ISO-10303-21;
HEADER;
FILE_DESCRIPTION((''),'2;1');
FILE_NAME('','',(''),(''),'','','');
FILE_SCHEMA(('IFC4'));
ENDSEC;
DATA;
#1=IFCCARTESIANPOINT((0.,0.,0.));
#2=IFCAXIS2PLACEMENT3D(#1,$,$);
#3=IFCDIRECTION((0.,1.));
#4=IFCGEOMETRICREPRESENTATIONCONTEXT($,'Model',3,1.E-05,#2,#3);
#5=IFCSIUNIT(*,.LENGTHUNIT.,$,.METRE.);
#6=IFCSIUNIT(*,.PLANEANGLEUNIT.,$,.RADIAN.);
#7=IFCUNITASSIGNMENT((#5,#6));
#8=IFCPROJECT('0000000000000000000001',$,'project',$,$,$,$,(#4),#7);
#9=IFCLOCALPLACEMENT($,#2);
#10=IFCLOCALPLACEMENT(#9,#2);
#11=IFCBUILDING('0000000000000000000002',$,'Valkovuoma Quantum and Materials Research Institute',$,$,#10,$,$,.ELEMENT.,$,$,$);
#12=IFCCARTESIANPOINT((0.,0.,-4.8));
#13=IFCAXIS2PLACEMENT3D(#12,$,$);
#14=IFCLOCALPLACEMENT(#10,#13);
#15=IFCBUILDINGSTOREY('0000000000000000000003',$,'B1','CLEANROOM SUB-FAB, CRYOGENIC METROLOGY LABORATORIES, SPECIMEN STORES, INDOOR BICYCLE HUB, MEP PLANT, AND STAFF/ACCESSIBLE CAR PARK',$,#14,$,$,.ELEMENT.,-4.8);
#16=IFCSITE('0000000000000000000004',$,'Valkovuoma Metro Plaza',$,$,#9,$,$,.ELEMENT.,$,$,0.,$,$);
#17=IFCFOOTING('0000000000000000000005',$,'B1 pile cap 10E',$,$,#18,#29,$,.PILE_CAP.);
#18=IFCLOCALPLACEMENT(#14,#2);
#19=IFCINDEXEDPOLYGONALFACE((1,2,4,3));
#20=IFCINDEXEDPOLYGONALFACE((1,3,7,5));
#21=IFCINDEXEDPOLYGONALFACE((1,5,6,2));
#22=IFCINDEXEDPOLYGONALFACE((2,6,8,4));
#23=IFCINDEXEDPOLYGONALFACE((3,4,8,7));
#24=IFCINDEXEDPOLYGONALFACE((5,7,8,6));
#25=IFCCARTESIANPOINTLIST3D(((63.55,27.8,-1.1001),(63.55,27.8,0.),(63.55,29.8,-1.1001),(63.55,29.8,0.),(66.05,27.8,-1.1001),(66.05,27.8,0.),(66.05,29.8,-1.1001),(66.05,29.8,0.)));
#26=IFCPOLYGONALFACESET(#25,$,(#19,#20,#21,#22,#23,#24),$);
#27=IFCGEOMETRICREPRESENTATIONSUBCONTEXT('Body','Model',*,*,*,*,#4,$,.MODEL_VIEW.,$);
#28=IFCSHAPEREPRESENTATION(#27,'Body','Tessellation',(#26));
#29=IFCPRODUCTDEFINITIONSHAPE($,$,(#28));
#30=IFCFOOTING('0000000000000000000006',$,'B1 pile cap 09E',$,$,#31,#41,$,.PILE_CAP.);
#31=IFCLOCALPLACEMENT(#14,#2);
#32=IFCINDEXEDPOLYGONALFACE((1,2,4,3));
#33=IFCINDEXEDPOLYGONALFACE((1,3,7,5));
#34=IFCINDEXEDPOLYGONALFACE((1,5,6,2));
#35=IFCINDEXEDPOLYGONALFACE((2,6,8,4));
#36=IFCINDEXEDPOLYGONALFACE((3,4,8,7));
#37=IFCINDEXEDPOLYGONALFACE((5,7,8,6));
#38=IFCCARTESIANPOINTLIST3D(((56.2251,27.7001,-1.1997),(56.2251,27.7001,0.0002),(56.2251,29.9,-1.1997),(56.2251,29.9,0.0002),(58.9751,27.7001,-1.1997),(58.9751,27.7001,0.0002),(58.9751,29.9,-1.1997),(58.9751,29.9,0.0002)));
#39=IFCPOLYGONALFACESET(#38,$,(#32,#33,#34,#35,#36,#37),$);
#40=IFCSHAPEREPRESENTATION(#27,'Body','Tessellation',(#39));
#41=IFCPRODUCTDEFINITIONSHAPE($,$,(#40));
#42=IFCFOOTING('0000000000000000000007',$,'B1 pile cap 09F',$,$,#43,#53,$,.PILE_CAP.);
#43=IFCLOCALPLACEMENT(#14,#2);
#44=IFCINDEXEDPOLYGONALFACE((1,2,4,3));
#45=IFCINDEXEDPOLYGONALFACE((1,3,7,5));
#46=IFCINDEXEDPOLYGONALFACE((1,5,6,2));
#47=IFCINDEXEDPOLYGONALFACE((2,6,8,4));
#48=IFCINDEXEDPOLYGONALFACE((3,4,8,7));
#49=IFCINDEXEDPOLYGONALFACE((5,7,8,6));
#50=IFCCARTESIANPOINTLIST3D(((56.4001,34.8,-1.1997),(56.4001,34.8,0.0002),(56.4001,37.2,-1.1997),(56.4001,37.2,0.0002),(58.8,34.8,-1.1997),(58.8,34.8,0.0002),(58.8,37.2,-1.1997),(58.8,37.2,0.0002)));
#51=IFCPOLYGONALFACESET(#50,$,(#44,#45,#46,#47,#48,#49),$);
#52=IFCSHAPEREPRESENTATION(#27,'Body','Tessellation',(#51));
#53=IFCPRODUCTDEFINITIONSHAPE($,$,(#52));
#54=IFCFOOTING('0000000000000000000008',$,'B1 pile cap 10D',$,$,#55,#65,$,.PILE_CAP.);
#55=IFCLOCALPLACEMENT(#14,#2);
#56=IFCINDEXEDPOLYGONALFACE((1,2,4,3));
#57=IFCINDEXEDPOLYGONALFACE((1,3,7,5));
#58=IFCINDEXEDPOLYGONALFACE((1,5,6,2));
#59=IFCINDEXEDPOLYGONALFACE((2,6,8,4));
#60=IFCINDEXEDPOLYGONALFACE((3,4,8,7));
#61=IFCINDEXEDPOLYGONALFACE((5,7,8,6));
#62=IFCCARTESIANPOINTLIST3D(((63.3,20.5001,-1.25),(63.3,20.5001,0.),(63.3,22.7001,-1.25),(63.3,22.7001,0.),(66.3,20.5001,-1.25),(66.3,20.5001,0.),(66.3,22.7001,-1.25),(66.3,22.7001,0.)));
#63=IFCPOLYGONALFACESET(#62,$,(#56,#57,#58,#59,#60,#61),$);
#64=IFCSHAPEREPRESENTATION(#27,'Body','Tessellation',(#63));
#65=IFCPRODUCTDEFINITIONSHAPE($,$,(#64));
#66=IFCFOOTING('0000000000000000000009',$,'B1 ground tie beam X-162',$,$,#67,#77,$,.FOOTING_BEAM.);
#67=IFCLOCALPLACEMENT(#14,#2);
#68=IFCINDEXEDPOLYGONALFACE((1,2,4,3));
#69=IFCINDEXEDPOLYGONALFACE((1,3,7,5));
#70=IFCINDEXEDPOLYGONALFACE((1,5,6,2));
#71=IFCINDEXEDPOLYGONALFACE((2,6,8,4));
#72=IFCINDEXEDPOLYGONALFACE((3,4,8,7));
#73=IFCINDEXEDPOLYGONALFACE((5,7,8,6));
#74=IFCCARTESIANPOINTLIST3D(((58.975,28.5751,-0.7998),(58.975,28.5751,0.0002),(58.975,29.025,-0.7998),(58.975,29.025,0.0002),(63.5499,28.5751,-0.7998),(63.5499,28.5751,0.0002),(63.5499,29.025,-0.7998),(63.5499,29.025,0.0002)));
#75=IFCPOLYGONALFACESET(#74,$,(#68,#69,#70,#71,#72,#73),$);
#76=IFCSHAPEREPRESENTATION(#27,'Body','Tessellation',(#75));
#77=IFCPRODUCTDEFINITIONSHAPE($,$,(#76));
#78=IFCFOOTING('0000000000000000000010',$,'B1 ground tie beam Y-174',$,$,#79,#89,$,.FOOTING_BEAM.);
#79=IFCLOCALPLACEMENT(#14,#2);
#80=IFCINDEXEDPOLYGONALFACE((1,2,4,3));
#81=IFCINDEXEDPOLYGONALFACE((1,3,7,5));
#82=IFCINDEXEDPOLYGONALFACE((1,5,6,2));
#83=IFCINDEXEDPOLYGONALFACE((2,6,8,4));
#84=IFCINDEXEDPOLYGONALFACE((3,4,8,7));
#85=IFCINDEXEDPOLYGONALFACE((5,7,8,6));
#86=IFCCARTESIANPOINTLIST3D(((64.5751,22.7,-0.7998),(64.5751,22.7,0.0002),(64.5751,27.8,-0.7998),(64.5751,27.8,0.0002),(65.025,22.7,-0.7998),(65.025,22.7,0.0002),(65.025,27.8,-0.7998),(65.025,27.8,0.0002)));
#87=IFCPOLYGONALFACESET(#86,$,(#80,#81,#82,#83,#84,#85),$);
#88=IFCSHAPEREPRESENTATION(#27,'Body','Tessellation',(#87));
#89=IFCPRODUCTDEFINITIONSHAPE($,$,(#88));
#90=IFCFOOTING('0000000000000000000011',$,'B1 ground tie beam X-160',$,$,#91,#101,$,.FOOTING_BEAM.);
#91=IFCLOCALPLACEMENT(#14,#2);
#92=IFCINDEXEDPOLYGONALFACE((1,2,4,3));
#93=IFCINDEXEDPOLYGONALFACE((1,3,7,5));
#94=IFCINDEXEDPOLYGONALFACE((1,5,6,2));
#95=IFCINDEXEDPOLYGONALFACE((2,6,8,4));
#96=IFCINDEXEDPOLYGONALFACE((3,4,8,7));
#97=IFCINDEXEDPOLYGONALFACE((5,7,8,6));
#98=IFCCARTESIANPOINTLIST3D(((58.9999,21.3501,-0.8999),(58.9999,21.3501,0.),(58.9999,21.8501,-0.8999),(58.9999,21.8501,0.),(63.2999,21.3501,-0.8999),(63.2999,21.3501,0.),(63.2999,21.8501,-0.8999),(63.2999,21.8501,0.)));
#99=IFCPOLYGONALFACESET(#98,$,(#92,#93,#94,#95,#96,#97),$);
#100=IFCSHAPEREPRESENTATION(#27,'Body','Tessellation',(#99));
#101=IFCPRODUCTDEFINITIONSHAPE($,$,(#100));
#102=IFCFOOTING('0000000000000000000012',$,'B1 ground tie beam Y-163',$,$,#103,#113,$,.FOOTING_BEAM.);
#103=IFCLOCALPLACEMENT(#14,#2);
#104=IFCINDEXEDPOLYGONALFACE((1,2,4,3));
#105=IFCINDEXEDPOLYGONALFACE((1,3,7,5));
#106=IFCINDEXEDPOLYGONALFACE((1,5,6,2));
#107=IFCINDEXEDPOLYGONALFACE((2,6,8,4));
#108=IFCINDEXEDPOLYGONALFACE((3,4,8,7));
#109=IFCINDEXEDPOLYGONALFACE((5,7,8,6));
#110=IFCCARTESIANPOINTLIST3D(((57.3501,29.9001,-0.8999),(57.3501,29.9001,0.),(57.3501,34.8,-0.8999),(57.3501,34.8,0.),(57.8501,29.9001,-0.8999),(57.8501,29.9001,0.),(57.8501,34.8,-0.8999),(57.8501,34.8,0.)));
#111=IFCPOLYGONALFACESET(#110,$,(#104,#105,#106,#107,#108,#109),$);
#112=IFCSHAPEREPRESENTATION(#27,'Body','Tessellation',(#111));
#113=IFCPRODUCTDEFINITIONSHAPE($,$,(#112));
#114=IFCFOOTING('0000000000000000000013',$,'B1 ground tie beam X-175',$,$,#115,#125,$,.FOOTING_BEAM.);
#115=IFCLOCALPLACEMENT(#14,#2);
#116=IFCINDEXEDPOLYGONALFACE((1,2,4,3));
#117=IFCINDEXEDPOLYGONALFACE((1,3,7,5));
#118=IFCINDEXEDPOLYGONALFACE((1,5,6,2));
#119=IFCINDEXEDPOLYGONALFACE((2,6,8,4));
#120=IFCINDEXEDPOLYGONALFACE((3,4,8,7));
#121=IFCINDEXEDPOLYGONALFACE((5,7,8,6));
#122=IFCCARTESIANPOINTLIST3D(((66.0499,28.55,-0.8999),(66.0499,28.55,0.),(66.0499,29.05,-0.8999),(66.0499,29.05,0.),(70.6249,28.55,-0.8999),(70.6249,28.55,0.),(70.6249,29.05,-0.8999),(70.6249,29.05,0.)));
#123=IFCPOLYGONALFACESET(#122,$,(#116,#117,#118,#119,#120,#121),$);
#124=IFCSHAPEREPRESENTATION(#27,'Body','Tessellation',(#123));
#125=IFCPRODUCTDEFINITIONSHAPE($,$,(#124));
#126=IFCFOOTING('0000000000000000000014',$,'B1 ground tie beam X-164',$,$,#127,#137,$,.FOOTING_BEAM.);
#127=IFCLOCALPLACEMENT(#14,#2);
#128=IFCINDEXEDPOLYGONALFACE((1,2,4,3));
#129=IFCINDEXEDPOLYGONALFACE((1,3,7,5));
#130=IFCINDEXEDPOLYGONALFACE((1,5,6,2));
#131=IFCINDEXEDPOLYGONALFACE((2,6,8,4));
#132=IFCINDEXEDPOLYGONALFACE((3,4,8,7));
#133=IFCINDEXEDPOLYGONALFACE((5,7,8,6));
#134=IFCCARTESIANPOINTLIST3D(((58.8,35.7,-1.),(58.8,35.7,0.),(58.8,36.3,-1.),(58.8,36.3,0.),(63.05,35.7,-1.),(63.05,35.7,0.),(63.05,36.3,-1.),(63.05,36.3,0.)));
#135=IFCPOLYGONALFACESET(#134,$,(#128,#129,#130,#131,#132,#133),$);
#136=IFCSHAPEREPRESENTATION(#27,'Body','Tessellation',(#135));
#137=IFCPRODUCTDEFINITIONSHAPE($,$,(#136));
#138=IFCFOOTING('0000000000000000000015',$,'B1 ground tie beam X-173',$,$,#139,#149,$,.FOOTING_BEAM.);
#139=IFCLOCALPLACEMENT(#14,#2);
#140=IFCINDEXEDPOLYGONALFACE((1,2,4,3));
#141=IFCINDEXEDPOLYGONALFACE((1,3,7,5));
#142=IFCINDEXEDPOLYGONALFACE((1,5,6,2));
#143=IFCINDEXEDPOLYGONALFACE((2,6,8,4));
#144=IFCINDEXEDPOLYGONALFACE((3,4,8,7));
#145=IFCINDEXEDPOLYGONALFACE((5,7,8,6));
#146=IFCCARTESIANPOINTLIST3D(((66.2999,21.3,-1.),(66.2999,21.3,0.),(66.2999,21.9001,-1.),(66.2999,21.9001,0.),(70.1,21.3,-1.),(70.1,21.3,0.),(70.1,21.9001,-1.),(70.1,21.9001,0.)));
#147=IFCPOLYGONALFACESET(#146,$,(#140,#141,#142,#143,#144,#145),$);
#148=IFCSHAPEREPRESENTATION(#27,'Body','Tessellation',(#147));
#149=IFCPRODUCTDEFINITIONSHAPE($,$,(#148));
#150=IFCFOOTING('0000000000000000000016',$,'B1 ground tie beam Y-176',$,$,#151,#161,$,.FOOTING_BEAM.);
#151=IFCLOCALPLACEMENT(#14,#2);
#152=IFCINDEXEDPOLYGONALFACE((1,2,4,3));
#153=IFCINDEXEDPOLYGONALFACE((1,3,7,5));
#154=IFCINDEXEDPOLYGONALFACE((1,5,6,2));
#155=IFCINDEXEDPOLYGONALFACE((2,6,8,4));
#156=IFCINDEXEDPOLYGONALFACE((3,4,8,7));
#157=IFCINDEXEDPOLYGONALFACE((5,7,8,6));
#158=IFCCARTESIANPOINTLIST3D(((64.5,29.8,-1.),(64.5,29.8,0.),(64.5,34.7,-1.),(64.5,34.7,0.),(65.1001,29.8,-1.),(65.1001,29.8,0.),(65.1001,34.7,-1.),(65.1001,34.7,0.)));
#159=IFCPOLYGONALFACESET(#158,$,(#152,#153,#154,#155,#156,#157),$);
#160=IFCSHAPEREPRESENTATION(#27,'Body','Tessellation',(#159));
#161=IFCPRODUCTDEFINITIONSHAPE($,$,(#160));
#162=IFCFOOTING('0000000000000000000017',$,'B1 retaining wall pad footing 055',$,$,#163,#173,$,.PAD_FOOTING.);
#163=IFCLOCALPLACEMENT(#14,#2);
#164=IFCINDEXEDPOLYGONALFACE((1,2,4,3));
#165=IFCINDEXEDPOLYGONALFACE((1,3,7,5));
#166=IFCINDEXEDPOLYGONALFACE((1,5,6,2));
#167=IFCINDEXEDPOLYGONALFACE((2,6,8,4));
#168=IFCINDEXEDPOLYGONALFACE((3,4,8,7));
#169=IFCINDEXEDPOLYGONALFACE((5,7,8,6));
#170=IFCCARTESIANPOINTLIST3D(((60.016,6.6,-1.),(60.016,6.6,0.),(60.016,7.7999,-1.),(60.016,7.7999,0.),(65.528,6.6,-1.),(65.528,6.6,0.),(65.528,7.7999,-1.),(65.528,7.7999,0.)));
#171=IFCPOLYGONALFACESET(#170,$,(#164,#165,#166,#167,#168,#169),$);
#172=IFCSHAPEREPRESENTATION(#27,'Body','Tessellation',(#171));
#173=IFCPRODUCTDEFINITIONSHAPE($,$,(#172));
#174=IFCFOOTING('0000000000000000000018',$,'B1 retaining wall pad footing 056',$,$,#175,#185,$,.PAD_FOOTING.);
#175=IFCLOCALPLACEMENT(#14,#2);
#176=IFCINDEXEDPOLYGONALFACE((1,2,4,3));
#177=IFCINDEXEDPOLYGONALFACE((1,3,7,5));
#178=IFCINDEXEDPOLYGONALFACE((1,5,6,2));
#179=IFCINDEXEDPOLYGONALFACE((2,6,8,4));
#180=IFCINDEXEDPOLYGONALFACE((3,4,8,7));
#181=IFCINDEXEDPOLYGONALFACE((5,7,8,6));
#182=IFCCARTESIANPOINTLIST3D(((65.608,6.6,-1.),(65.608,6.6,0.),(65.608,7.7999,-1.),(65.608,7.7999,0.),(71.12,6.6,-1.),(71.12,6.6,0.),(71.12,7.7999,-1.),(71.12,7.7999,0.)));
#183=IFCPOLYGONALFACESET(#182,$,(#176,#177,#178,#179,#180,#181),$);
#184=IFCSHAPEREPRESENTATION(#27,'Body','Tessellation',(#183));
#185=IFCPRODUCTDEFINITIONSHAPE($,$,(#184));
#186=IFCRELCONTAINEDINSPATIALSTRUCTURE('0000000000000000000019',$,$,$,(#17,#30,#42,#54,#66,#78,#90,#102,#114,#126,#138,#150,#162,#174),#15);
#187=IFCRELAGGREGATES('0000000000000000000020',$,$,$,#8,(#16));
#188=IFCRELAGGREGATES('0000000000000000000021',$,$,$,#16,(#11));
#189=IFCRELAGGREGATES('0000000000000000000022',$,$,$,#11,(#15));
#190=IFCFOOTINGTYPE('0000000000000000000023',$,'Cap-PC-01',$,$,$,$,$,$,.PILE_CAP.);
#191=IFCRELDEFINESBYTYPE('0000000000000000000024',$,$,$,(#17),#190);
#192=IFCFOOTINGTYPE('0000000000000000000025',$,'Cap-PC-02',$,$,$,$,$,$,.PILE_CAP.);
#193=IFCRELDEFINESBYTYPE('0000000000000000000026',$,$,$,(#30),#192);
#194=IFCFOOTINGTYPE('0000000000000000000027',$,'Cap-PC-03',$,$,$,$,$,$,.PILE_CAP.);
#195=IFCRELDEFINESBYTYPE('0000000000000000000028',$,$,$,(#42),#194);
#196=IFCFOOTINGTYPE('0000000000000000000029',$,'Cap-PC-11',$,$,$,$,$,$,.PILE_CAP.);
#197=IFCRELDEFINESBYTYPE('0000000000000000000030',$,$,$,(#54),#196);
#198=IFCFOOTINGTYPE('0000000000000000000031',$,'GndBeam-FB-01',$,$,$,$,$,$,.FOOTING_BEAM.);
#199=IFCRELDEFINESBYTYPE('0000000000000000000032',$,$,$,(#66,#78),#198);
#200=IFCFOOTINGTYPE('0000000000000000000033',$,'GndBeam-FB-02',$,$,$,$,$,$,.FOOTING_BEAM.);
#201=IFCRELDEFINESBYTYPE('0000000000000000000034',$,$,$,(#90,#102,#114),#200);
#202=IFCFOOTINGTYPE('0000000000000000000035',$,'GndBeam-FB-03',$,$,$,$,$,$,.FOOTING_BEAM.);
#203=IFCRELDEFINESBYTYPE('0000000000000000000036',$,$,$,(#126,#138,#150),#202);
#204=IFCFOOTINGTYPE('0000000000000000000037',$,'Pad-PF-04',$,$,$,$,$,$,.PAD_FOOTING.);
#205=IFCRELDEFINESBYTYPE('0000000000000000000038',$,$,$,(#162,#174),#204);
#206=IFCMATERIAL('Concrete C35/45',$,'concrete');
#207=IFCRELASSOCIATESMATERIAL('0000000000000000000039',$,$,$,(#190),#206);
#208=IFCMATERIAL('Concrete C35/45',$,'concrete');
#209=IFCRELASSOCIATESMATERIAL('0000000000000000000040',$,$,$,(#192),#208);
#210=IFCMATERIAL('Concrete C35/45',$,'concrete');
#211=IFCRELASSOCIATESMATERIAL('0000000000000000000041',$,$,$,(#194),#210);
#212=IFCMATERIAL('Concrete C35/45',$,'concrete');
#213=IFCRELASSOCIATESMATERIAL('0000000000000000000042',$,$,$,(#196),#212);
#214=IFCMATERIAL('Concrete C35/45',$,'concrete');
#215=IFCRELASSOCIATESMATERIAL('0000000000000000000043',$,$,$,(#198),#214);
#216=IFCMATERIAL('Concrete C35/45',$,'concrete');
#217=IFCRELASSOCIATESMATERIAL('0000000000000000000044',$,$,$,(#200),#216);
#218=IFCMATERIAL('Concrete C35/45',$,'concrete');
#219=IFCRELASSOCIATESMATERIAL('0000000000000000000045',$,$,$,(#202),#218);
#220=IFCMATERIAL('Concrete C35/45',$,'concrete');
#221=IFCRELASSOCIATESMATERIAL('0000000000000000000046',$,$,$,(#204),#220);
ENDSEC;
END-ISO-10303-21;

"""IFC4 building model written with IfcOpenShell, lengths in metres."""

from ifc_helpers import new_model, si_unit, direction, frame, origin, origin_2d, place, context, subcontext, project, spatial, rectangle, extrude, material, type_object, element, save


model = new_model("IFC4")

# Units and contexts
model_context = context("Model", 3, precision=1e-05, world=origin(), true_north=direction((0.0, 1.0)))
body_context = subcontext(model_context, "Body", "Model", "MODEL_VIEW")
ifc_project = project(units=[si_unit("LENGTHUNIT", "METRE"), si_unit("PLANEANGLEUNIT", "RADIAN")], contexts=[model_context])

# Site, building, storey
site_placement = place(None, origin())
site = spatial("IfcSite", under=ifc_project, at=site_placement, Name="Valkovuoma Metro Plaza", CompositionType="ELEMENT", RefElevation=0.0)
building_placement = place(site_placement, origin())
building = spatial("IfcBuilding", under=site, at=building_placement, Name="Valkovuoma Quantum and Materials Research Institute", CompositionType="ELEMENT")
storey_placement = place(building_placement, frame((0.0, 0.0, -4.8)))
storey = spatial("IfcBuildingStorey", under=building, at=storey_placement, Name="B1", Description="CLEANROOM SUB-FAB, CRYOGENIC METROLOGY LABORATORIES, SPECIMEN STORES, INDOOR BICYCLE HUB, MEP PLANT, AND STAFF/ACCESSIBLE CAR PARK", CompositionType="ELEMENT", Elevation=-4.8)

# Footings
ifc_material_1 = material(Name="Concrete C35/45", Category="concrete")
footing_type_1 = type_object("IfcFootingType", Name="Cap-PC-01", PredefinedType="PILE_CAP", material=ifc_material_1)
footing_1_placement = place(storey_placement, frame((64.8, 28.8, -1.1001), z_axis=(0.0, 0.0, 1.0), x_axis=(1.0, 0.0, 0.0)))
element("IfcFooting", 1, at=footing_1_placement, inside=storey, type_object=footing_type_1, Name="B1 pile cap 10E", PredefinedType="PILE_CAP", context=body_context, shape_type="SweptSolid", body=[
    extrude(rectangle(XDim=2.5, YDim=2.0, at=origin_2d()), origin(), (0.0, 0.0, 1.0), 1.1001),
])
ifc_material_2 = material(Name="Concrete C35/45", Category="concrete")
footing_type_2 = type_object("IfcFootingType", Name="Cap-PC-02", PredefinedType="PILE_CAP", material=ifc_material_2)
footing_2_placement = place(storey_placement, frame((57.6001, 28.8, -1.1997), z_axis=(0.0, 0.0, 1.0), x_axis=(1.0, 0.0, 0.0)))
element("IfcFooting", 2, at=footing_2_placement, inside=storey, type_object=footing_type_2, Name="B1 pile cap 09E", PredefinedType="PILE_CAP", context=body_context, shape_type="SweptSolid", body=[
    extrude(rectangle(XDim=2.75, YDim=2.2, at=origin_2d()), origin(), (0.0, 0.0, 1.0), 1.2),
])
ifc_material_3 = material(Name="Concrete C35/45", Category="concrete")
footing_type_3 = type_object("IfcFootingType", Name="Cap-PC-03", PredefinedType="PILE_CAP", material=ifc_material_3)
footing_3_placement = place(storey_placement, frame((57.6001, 36.0, -1.1997), z_axis=(0.0, 0.0, 1.0), x_axis=(1.0, 0.0, 0.0)))
element("IfcFooting", 3, at=footing_3_placement, inside=storey, type_object=footing_type_3, Name="B1 pile cap 09F", PredefinedType="PILE_CAP", context=body_context, shape_type="SweptSolid", body=[
    extrude(rectangle(XDim=2.3999, YDim=2.3999, at=origin_2d()), origin(), (0.0, 0.0, 1.0), 1.2),
])
ifc_material_4 = material(Name="Concrete C35/45", Category="concrete")
footing_type_4 = type_object("IfcFootingType", Name="Cap-PC-11", PredefinedType="PILE_CAP", material=ifc_material_4)
footing_4_placement = place(storey_placement, frame((64.8, 21.6001, -1.25), z_axis=(0.0, 0.0, 1.0), x_axis=(1.0, 0.0, 0.0)))
element("IfcFooting", 4, at=footing_4_placement, inside=storey, type_object=footing_type_4, Name="B1 pile cap 10D", PredefinedType="PILE_CAP", context=body_context, shape_type="SweptSolid", body=[
    extrude(rectangle(XDim=3.0, YDim=2.2, at=origin_2d()), origin(), (0.0, 0.0, 1.0), 1.25),
])
ifc_material_5 = material(Name="Concrete C35/45", Category="concrete")
footing_type_5 = type_object("IfcFootingType", Name="GndBeam-FB-01", PredefinedType="FOOTING_BEAM", material=ifc_material_5)
footing_5_placement = place(storey_placement, frame((61.2625, 28.8, -0.7998), z_axis=(0.0, 0.0, 1.0), x_axis=(1.0, 0.0, 0.0)))
element("IfcFooting", 5, at=footing_5_placement, inside=storey, type_object=footing_type_5, Name="B1 ground tie beam X-162", PredefinedType="FOOTING_BEAM", context=body_context, shape_type="SweptSolid", body=[
    extrude(rectangle(XDim=4.575, YDim=0.45, at=origin_2d()), origin(), (0.0, 0.0, 1.0), 0.8),
])
footing_6_placement = place(storey_placement, frame((64.8, 25.25, -0.7998), z_axis=(0.0, 0.0, 1.0), x_axis=(0.0, 1.0, 0.0)))
element("IfcFooting", 6, at=footing_6_placement, inside=storey, type_object=footing_type_5, Name="B1 ground tie beam Y-174", PredefinedType="FOOTING_BEAM", context=body_context, shape_type="SweptSolid", body=[
    extrude(rectangle(XDim=5.1001, YDim=0.45, at=origin_2d()), origin(), (0.0, 0.0, 1.0), 0.8),
])
ifc_material_6 = material(Name="Concrete C35/45", Category="concrete")
footing_type_6 = type_object("IfcFootingType", Name="GndBeam-FB-02", PredefinedType="FOOTING_BEAM", material=ifc_material_6)
footing_7_placement = place(storey_placement, frame((61.1499, 21.6001, -0.8999), z_axis=(0.0, 0.0, 1.0), x_axis=(1.0, 0.0, 0.0)))
element("IfcFooting", 7, at=footing_7_placement, inside=storey, type_object=footing_type_6, Name="B1 ground tie beam X-160", PredefinedType="FOOTING_BEAM", context=body_context, shape_type="SweptSolid", body=[
    extrude(rectangle(XDim=4.3, YDim=0.5, at=origin_2d()), origin(), (0.0, 0.0, 1.0), 0.8999),
])
footing_8_placement = place(storey_placement, frame((57.6001, 32.3501, -0.8999), z_axis=(0.0, 0.0, 1.0), x_axis=(0.0, 1.0, 0.0)))
element("IfcFooting", 8, at=footing_8_placement, inside=storey, type_object=footing_type_6, Name="B1 ground tie beam Y-163", PredefinedType="FOOTING_BEAM", context=body_context, shape_type="SweptSolid", body=[
    extrude(rectangle(XDim=4.8999, YDim=0.5, at=origin_2d()), origin(), (0.0, 0.0, 1.0), 0.8999),
])
footing_9_placement = place(storey_placement, frame((68.3374, 28.8, -0.8999), z_axis=(0.0, 0.0, 1.0), x_axis=(1.0, 0.0, 0.0)))
element("IfcFooting", 9, at=footing_9_placement, inside=storey, type_object=footing_type_6, Name="B1 ground tie beam X-175", PredefinedType="FOOTING_BEAM", context=body_context, shape_type="SweptSolid", body=[
    extrude(rectangle(XDim=4.575, YDim=0.5, at=origin_2d()), origin(), (0.0, 0.0, 1.0), 0.8999),
])
ifc_material_7 = material(Name="Concrete C35/45", Category="concrete")
footing_type_7 = type_object("IfcFootingType", Name="GndBeam-FB-03", PredefinedType="FOOTING_BEAM", material=ifc_material_7)
footing_10_placement = place(storey_placement, frame((60.925, 36.0, -1.0), z_axis=(0.0, 0.0, 1.0), x_axis=(1.0, 0.0, 0.0)))
element("IfcFooting", 10, at=footing_10_placement, inside=storey, type_object=footing_type_7, Name="B1 ground tie beam X-164", PredefinedType="FOOTING_BEAM", context=body_context, shape_type="SweptSolid", body=[
    extrude(rectangle(XDim=4.25, YDim=0.6001, at=origin_2d()), origin(), (0.0, 0.0, 1.0), 1.0),
])
footing_11_placement = place(storey_placement, frame((68.2, 21.6001, -1.0), z_axis=(0.0, 0.0, 1.0), x_axis=(1.0, 0.0, 0.0)))
element("IfcFooting", 11, at=footing_11_placement, inside=storey, type_object=footing_type_7, Name="B1 ground tie beam X-173", PredefinedType="FOOTING_BEAM", context=body_context, shape_type="SweptSolid", body=[
    extrude(rectangle(XDim=3.8, YDim=0.6001, at=origin_2d()), origin(), (0.0, 0.0, 1.0), 1.0),
])
footing_12_placement = place(storey_placement, frame((64.8, 32.25, -1.0), z_axis=(0.0, 0.0, 1.0), x_axis=(0.0, 1.0, 0.0)))
element("IfcFooting", 12, at=footing_12_placement, inside=storey, type_object=footing_type_7, Name="B1 ground tie beam Y-176", PredefinedType="FOOTING_BEAM", context=body_context, shape_type="SweptSolid", body=[
    extrude(rectangle(XDim=4.8999, YDim=0.6001, at=origin_2d()), origin(), (0.0, 0.0, 1.0), 1.0),
])
ifc_material_8 = material(Name="Concrete C35/45", Category="concrete")
footing_type_8 = type_object("IfcFootingType", Name="Pad-PF-04", PredefinedType="PAD_FOOTING", material=ifc_material_8)
for number, where, z_axis, x_axis, name in (
    (13, (62.772, 7.2, -1.0), (0.0, 0.0, 1.0), (1.0, 0.0, 0.0), "B1 retaining wall pad footing 055"),
    (14, (68.364, 7.2, -1.0), (0.0, 0.0, 1.0), (1.0, 0.0, 0.0), "B1 retaining wall pad footing 056"),
):
    element("IfcFooting", number, at=place(storey_placement, frame(where, z_axis=z_axis, x_axis=x_axis)), inside=storey, type_object=footing_type_8, Name=name, PredefinedType="PAD_FOOTING", context=body_context, shape_type="SweptSolid", body=[
        extrude(rectangle(XDim=5.512, YDim=1.2, at=origin_2d()), origin(), (0.0, 0.0, 1.0), 1.0),
    ])

save(model, "model.ifc")
